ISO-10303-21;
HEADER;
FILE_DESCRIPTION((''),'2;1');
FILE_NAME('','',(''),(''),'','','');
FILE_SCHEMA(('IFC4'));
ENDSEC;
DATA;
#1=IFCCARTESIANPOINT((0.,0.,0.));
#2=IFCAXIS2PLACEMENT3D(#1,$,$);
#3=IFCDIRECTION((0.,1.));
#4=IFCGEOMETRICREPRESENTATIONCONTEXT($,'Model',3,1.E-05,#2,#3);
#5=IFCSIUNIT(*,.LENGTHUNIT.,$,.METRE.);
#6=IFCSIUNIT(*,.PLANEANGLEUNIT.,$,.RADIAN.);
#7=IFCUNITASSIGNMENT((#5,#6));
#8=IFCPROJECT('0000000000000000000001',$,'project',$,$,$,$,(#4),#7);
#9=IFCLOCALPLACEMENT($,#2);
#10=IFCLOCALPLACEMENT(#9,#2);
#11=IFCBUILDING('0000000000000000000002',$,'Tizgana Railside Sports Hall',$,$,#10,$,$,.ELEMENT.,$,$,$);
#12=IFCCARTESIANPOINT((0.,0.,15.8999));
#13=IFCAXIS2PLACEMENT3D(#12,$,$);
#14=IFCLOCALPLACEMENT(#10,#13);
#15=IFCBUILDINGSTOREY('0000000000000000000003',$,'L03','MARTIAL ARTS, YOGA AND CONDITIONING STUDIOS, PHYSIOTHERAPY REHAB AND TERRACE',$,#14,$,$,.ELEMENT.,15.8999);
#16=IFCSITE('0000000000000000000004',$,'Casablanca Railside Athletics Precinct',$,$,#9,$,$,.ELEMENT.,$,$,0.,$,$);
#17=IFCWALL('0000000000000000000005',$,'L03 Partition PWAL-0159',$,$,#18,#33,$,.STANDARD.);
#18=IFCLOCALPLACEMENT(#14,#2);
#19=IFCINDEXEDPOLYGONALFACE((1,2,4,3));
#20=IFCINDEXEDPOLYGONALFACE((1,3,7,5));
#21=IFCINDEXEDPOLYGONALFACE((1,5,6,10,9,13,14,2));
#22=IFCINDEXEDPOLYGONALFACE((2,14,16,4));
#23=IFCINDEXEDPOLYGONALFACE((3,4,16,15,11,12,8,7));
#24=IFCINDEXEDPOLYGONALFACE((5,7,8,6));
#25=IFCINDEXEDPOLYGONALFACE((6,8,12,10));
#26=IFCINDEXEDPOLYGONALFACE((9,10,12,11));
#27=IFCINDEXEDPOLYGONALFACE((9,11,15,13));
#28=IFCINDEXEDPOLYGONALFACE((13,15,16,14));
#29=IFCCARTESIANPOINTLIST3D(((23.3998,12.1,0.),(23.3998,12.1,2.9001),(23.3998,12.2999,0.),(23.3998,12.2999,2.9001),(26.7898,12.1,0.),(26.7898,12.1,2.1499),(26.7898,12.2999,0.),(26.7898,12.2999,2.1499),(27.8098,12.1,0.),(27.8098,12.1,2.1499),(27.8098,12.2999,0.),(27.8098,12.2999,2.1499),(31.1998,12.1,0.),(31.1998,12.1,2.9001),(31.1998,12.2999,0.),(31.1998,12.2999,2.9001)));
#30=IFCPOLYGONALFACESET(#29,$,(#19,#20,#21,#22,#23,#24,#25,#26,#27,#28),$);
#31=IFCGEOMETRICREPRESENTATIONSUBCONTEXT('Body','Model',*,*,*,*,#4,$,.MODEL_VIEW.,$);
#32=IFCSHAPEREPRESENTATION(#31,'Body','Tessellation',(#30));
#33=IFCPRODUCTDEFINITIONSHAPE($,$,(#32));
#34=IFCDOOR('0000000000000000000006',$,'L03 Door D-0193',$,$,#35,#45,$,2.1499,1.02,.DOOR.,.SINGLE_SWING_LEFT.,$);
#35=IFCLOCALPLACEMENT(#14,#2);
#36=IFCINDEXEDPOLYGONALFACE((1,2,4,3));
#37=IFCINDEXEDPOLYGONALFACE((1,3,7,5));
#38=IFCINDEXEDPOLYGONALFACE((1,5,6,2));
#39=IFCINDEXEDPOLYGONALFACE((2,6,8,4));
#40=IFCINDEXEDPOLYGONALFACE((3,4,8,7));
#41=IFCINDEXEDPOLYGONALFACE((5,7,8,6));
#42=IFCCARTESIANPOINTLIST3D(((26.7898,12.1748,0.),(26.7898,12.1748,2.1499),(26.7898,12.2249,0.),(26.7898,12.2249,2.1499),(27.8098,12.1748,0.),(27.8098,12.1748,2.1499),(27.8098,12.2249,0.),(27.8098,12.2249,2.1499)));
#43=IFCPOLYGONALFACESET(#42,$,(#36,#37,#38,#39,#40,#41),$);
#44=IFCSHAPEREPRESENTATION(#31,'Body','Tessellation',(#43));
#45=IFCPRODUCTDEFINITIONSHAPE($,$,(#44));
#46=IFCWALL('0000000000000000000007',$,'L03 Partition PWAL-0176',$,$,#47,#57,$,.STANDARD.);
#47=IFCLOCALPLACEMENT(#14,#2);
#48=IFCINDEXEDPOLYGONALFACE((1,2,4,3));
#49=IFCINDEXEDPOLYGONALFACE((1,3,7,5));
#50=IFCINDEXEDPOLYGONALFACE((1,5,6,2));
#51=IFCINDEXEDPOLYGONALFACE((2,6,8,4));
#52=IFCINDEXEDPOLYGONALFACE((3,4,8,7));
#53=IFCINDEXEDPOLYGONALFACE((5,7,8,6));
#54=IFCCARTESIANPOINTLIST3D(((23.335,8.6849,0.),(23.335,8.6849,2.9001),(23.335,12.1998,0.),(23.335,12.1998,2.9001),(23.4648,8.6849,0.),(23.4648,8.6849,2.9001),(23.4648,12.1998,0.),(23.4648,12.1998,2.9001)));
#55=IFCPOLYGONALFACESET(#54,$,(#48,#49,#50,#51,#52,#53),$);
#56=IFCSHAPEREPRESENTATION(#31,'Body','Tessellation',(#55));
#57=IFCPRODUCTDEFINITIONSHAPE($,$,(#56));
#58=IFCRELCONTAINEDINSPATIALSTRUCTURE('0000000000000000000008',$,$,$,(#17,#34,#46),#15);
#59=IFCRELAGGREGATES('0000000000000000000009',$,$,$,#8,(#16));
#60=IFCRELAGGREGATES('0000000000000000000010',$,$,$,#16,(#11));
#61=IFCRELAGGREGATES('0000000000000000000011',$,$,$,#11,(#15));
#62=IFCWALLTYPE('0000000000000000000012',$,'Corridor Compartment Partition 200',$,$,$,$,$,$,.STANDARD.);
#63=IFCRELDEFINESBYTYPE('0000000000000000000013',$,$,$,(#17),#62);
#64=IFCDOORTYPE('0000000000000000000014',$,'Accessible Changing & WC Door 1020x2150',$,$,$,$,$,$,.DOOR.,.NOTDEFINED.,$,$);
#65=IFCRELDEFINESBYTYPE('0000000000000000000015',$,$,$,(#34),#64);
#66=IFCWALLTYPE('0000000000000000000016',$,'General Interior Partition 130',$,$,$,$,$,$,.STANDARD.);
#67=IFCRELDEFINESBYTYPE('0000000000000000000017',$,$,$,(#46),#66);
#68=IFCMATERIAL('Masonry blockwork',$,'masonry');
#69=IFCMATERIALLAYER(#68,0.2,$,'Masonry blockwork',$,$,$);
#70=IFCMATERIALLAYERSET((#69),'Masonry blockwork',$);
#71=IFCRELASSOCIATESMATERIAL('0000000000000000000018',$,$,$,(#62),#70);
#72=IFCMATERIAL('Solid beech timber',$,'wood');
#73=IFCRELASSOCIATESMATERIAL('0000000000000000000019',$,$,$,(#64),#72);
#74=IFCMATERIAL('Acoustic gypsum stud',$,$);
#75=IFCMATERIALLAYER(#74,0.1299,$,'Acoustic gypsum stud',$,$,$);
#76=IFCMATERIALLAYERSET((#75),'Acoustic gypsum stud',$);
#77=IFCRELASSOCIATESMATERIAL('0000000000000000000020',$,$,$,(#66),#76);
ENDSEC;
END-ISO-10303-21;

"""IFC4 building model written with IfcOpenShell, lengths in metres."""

from ifc_helpers import new_model, si_unit, direction, frame, frame_2d, origin, place, context, subcontext, project, spatial, rectangle, extrude, material, layer, layer_set, type_object, element, fill, save


model = new_model("IFC4")

# Units and contexts
model_context = context("Model", 3, precision=1e-05, world=origin(), true_north=direction((0.0, 1.0)))
body_context = subcontext(model_context, "Body", "Model", "MODEL_VIEW")
ifc_project = project(units=[si_unit("LENGTHUNIT", "METRE"), si_unit("PLANEANGLEUNIT", "RADIAN")], contexts=[model_context])

# Site, building, storey
site_placement = place(None, origin())
site = spatial("IfcSite", under=ifc_project, at=site_placement, Name="Casablanca Railside Athletics Precinct", CompositionType="ELEMENT", RefElevation=0.0)
building_placement = place(site_placement, origin())
building = spatial("IfcBuilding", under=site, at=building_placement, Name="Tizgana Railside Sports Hall", CompositionType="ELEMENT")
storey_placement = place(building_placement, frame((0.0, 0.0, 15.8999)))
storey = spatial("IfcBuildingStorey", under=building, at=storey_placement, Name="L03", Description="MARTIAL ARTS, YOGA AND CONDITIONING STUDIOS, PHYSIOTHERAPY REHAB AND TERRACE", CompositionType="ELEMENT", Elevation=15.8999)

# Wall, opening, door
ifc_material_1 = material(Name="Acoustic gypsum stud")
ifc_material_2 = material(Name="Masonry blockwork", Category="masonry")
ifc_layer_1 = layer(ifc_material_2, 0.2, Name="Masonry blockwork")
ifc_layer_set_1 = layer_set([ifc_layer_1], Name="Masonry blockwork")
wall_type_1 = type_object("IfcWallType", Name="Corridor Compartment Partition 200", PredefinedType="STANDARD", material=ifc_layer_set_1)
wall_1_placement = place(storey_placement, frame((23.3999, 12.2, 0.0), z_axis=(0.0, 0.0, 1.0), x_axis=(1.0, 0.0, 0.0)))
wall_1 = element("IfcWall", 1, at=wall_1_placement, inside=storey, type_object=wall_type_1, Name="L03 Partition PWAL-0159", PredefinedType="STANDARD", context=body_context, shape_type="SweptSolid", body=[
    extrude(rectangle(XDim=7.8, YDim=0.2, at=frame_2d((3.8999, 0.0))), origin(), (0.0, 0.0, 1.0), 2.9001),
])
opening_1_placement = place(wall_1_placement, frame((3.3899, 0.0, 0.0)))
opening_1 = element("IfcOpeningElement", 2, at=opening_1_placement, cuts=wall_1, PredefinedType="OPENING", context=body_context, shape_type="SweptSolid", body=[
    extrude(rectangle(XDim=1.02, YDim=2.1499, at=frame_2d((0.51, 1.075))), frame((0.0, 0.1099, 0.0), z_axis=(0.0, -1.0, 0.0), x_axis=(1.0, 0.0, 0.0)), (0.0, 0.0, 1.0), 0.22),
])
ifc_material_3 = material(Name="Solid beech timber", Category="wood")
door_type_1 = type_object("IfcDoorType", Name="Accessible Changing & WC Door 1020x2150", OperationType="NOTDEFINED", PredefinedType="DOOR", material=ifc_material_3)
door_1_placement = place(opening_1_placement, origin())
door_1 = element("IfcDoor", 3, at=door_1_placement, inside=storey, type_object=door_type_1, Name="L03 Door D-0193", OperationType="SINGLE_SWING_LEFT", OverallHeight=2.1499, OverallWidth=1.02, PredefinedType="DOOR", context=body_context, shape_type="SweptSolid", body=[
    extrude(rectangle(XDim=1.02, YDim=2.1499, at=frame_2d((0.51, 1.075))), frame((0.0, 0.0249, 0.0), z_axis=(0.0, -1.0, 0.0), x_axis=(1.0, 0.0, 0.0)), (0.0, 0.0, 1.0), 0.05),
])
fill(opening_1, door_1)

# Wall
ifc_layer_2 = layer(ifc_material_1, 0.1299, Name="Acoustic gypsum stud")
ifc_layer_set_2 = layer_set([ifc_layer_2], Name="Acoustic gypsum stud")
wall_type_2 = type_object("IfcWallType", Name="General Interior Partition 130", PredefinedType="STANDARD", material=ifc_layer_set_2)
wall_2_placement = place(storey_placement, frame((23.3999, 8.6851, 0.0), z_axis=(0.0, 0.0, 1.0), x_axis=(0.0, 1.0, 0.0)))
element("IfcWall", 4, at=wall_2_placement, inside=storey, type_object=wall_type_2, Name="L03 Partition PWAL-0176", PredefinedType="STANDARD", context=body_context, shape_type="SweptSolid", body=[
    extrude(rectangle(XDim=3.5149, YDim=0.1299, at=frame_2d((1.7573, 0.0))), origin(), (0.0, 0.0, 1.0), 2.9001),
])

save(model, "model.ifc")
